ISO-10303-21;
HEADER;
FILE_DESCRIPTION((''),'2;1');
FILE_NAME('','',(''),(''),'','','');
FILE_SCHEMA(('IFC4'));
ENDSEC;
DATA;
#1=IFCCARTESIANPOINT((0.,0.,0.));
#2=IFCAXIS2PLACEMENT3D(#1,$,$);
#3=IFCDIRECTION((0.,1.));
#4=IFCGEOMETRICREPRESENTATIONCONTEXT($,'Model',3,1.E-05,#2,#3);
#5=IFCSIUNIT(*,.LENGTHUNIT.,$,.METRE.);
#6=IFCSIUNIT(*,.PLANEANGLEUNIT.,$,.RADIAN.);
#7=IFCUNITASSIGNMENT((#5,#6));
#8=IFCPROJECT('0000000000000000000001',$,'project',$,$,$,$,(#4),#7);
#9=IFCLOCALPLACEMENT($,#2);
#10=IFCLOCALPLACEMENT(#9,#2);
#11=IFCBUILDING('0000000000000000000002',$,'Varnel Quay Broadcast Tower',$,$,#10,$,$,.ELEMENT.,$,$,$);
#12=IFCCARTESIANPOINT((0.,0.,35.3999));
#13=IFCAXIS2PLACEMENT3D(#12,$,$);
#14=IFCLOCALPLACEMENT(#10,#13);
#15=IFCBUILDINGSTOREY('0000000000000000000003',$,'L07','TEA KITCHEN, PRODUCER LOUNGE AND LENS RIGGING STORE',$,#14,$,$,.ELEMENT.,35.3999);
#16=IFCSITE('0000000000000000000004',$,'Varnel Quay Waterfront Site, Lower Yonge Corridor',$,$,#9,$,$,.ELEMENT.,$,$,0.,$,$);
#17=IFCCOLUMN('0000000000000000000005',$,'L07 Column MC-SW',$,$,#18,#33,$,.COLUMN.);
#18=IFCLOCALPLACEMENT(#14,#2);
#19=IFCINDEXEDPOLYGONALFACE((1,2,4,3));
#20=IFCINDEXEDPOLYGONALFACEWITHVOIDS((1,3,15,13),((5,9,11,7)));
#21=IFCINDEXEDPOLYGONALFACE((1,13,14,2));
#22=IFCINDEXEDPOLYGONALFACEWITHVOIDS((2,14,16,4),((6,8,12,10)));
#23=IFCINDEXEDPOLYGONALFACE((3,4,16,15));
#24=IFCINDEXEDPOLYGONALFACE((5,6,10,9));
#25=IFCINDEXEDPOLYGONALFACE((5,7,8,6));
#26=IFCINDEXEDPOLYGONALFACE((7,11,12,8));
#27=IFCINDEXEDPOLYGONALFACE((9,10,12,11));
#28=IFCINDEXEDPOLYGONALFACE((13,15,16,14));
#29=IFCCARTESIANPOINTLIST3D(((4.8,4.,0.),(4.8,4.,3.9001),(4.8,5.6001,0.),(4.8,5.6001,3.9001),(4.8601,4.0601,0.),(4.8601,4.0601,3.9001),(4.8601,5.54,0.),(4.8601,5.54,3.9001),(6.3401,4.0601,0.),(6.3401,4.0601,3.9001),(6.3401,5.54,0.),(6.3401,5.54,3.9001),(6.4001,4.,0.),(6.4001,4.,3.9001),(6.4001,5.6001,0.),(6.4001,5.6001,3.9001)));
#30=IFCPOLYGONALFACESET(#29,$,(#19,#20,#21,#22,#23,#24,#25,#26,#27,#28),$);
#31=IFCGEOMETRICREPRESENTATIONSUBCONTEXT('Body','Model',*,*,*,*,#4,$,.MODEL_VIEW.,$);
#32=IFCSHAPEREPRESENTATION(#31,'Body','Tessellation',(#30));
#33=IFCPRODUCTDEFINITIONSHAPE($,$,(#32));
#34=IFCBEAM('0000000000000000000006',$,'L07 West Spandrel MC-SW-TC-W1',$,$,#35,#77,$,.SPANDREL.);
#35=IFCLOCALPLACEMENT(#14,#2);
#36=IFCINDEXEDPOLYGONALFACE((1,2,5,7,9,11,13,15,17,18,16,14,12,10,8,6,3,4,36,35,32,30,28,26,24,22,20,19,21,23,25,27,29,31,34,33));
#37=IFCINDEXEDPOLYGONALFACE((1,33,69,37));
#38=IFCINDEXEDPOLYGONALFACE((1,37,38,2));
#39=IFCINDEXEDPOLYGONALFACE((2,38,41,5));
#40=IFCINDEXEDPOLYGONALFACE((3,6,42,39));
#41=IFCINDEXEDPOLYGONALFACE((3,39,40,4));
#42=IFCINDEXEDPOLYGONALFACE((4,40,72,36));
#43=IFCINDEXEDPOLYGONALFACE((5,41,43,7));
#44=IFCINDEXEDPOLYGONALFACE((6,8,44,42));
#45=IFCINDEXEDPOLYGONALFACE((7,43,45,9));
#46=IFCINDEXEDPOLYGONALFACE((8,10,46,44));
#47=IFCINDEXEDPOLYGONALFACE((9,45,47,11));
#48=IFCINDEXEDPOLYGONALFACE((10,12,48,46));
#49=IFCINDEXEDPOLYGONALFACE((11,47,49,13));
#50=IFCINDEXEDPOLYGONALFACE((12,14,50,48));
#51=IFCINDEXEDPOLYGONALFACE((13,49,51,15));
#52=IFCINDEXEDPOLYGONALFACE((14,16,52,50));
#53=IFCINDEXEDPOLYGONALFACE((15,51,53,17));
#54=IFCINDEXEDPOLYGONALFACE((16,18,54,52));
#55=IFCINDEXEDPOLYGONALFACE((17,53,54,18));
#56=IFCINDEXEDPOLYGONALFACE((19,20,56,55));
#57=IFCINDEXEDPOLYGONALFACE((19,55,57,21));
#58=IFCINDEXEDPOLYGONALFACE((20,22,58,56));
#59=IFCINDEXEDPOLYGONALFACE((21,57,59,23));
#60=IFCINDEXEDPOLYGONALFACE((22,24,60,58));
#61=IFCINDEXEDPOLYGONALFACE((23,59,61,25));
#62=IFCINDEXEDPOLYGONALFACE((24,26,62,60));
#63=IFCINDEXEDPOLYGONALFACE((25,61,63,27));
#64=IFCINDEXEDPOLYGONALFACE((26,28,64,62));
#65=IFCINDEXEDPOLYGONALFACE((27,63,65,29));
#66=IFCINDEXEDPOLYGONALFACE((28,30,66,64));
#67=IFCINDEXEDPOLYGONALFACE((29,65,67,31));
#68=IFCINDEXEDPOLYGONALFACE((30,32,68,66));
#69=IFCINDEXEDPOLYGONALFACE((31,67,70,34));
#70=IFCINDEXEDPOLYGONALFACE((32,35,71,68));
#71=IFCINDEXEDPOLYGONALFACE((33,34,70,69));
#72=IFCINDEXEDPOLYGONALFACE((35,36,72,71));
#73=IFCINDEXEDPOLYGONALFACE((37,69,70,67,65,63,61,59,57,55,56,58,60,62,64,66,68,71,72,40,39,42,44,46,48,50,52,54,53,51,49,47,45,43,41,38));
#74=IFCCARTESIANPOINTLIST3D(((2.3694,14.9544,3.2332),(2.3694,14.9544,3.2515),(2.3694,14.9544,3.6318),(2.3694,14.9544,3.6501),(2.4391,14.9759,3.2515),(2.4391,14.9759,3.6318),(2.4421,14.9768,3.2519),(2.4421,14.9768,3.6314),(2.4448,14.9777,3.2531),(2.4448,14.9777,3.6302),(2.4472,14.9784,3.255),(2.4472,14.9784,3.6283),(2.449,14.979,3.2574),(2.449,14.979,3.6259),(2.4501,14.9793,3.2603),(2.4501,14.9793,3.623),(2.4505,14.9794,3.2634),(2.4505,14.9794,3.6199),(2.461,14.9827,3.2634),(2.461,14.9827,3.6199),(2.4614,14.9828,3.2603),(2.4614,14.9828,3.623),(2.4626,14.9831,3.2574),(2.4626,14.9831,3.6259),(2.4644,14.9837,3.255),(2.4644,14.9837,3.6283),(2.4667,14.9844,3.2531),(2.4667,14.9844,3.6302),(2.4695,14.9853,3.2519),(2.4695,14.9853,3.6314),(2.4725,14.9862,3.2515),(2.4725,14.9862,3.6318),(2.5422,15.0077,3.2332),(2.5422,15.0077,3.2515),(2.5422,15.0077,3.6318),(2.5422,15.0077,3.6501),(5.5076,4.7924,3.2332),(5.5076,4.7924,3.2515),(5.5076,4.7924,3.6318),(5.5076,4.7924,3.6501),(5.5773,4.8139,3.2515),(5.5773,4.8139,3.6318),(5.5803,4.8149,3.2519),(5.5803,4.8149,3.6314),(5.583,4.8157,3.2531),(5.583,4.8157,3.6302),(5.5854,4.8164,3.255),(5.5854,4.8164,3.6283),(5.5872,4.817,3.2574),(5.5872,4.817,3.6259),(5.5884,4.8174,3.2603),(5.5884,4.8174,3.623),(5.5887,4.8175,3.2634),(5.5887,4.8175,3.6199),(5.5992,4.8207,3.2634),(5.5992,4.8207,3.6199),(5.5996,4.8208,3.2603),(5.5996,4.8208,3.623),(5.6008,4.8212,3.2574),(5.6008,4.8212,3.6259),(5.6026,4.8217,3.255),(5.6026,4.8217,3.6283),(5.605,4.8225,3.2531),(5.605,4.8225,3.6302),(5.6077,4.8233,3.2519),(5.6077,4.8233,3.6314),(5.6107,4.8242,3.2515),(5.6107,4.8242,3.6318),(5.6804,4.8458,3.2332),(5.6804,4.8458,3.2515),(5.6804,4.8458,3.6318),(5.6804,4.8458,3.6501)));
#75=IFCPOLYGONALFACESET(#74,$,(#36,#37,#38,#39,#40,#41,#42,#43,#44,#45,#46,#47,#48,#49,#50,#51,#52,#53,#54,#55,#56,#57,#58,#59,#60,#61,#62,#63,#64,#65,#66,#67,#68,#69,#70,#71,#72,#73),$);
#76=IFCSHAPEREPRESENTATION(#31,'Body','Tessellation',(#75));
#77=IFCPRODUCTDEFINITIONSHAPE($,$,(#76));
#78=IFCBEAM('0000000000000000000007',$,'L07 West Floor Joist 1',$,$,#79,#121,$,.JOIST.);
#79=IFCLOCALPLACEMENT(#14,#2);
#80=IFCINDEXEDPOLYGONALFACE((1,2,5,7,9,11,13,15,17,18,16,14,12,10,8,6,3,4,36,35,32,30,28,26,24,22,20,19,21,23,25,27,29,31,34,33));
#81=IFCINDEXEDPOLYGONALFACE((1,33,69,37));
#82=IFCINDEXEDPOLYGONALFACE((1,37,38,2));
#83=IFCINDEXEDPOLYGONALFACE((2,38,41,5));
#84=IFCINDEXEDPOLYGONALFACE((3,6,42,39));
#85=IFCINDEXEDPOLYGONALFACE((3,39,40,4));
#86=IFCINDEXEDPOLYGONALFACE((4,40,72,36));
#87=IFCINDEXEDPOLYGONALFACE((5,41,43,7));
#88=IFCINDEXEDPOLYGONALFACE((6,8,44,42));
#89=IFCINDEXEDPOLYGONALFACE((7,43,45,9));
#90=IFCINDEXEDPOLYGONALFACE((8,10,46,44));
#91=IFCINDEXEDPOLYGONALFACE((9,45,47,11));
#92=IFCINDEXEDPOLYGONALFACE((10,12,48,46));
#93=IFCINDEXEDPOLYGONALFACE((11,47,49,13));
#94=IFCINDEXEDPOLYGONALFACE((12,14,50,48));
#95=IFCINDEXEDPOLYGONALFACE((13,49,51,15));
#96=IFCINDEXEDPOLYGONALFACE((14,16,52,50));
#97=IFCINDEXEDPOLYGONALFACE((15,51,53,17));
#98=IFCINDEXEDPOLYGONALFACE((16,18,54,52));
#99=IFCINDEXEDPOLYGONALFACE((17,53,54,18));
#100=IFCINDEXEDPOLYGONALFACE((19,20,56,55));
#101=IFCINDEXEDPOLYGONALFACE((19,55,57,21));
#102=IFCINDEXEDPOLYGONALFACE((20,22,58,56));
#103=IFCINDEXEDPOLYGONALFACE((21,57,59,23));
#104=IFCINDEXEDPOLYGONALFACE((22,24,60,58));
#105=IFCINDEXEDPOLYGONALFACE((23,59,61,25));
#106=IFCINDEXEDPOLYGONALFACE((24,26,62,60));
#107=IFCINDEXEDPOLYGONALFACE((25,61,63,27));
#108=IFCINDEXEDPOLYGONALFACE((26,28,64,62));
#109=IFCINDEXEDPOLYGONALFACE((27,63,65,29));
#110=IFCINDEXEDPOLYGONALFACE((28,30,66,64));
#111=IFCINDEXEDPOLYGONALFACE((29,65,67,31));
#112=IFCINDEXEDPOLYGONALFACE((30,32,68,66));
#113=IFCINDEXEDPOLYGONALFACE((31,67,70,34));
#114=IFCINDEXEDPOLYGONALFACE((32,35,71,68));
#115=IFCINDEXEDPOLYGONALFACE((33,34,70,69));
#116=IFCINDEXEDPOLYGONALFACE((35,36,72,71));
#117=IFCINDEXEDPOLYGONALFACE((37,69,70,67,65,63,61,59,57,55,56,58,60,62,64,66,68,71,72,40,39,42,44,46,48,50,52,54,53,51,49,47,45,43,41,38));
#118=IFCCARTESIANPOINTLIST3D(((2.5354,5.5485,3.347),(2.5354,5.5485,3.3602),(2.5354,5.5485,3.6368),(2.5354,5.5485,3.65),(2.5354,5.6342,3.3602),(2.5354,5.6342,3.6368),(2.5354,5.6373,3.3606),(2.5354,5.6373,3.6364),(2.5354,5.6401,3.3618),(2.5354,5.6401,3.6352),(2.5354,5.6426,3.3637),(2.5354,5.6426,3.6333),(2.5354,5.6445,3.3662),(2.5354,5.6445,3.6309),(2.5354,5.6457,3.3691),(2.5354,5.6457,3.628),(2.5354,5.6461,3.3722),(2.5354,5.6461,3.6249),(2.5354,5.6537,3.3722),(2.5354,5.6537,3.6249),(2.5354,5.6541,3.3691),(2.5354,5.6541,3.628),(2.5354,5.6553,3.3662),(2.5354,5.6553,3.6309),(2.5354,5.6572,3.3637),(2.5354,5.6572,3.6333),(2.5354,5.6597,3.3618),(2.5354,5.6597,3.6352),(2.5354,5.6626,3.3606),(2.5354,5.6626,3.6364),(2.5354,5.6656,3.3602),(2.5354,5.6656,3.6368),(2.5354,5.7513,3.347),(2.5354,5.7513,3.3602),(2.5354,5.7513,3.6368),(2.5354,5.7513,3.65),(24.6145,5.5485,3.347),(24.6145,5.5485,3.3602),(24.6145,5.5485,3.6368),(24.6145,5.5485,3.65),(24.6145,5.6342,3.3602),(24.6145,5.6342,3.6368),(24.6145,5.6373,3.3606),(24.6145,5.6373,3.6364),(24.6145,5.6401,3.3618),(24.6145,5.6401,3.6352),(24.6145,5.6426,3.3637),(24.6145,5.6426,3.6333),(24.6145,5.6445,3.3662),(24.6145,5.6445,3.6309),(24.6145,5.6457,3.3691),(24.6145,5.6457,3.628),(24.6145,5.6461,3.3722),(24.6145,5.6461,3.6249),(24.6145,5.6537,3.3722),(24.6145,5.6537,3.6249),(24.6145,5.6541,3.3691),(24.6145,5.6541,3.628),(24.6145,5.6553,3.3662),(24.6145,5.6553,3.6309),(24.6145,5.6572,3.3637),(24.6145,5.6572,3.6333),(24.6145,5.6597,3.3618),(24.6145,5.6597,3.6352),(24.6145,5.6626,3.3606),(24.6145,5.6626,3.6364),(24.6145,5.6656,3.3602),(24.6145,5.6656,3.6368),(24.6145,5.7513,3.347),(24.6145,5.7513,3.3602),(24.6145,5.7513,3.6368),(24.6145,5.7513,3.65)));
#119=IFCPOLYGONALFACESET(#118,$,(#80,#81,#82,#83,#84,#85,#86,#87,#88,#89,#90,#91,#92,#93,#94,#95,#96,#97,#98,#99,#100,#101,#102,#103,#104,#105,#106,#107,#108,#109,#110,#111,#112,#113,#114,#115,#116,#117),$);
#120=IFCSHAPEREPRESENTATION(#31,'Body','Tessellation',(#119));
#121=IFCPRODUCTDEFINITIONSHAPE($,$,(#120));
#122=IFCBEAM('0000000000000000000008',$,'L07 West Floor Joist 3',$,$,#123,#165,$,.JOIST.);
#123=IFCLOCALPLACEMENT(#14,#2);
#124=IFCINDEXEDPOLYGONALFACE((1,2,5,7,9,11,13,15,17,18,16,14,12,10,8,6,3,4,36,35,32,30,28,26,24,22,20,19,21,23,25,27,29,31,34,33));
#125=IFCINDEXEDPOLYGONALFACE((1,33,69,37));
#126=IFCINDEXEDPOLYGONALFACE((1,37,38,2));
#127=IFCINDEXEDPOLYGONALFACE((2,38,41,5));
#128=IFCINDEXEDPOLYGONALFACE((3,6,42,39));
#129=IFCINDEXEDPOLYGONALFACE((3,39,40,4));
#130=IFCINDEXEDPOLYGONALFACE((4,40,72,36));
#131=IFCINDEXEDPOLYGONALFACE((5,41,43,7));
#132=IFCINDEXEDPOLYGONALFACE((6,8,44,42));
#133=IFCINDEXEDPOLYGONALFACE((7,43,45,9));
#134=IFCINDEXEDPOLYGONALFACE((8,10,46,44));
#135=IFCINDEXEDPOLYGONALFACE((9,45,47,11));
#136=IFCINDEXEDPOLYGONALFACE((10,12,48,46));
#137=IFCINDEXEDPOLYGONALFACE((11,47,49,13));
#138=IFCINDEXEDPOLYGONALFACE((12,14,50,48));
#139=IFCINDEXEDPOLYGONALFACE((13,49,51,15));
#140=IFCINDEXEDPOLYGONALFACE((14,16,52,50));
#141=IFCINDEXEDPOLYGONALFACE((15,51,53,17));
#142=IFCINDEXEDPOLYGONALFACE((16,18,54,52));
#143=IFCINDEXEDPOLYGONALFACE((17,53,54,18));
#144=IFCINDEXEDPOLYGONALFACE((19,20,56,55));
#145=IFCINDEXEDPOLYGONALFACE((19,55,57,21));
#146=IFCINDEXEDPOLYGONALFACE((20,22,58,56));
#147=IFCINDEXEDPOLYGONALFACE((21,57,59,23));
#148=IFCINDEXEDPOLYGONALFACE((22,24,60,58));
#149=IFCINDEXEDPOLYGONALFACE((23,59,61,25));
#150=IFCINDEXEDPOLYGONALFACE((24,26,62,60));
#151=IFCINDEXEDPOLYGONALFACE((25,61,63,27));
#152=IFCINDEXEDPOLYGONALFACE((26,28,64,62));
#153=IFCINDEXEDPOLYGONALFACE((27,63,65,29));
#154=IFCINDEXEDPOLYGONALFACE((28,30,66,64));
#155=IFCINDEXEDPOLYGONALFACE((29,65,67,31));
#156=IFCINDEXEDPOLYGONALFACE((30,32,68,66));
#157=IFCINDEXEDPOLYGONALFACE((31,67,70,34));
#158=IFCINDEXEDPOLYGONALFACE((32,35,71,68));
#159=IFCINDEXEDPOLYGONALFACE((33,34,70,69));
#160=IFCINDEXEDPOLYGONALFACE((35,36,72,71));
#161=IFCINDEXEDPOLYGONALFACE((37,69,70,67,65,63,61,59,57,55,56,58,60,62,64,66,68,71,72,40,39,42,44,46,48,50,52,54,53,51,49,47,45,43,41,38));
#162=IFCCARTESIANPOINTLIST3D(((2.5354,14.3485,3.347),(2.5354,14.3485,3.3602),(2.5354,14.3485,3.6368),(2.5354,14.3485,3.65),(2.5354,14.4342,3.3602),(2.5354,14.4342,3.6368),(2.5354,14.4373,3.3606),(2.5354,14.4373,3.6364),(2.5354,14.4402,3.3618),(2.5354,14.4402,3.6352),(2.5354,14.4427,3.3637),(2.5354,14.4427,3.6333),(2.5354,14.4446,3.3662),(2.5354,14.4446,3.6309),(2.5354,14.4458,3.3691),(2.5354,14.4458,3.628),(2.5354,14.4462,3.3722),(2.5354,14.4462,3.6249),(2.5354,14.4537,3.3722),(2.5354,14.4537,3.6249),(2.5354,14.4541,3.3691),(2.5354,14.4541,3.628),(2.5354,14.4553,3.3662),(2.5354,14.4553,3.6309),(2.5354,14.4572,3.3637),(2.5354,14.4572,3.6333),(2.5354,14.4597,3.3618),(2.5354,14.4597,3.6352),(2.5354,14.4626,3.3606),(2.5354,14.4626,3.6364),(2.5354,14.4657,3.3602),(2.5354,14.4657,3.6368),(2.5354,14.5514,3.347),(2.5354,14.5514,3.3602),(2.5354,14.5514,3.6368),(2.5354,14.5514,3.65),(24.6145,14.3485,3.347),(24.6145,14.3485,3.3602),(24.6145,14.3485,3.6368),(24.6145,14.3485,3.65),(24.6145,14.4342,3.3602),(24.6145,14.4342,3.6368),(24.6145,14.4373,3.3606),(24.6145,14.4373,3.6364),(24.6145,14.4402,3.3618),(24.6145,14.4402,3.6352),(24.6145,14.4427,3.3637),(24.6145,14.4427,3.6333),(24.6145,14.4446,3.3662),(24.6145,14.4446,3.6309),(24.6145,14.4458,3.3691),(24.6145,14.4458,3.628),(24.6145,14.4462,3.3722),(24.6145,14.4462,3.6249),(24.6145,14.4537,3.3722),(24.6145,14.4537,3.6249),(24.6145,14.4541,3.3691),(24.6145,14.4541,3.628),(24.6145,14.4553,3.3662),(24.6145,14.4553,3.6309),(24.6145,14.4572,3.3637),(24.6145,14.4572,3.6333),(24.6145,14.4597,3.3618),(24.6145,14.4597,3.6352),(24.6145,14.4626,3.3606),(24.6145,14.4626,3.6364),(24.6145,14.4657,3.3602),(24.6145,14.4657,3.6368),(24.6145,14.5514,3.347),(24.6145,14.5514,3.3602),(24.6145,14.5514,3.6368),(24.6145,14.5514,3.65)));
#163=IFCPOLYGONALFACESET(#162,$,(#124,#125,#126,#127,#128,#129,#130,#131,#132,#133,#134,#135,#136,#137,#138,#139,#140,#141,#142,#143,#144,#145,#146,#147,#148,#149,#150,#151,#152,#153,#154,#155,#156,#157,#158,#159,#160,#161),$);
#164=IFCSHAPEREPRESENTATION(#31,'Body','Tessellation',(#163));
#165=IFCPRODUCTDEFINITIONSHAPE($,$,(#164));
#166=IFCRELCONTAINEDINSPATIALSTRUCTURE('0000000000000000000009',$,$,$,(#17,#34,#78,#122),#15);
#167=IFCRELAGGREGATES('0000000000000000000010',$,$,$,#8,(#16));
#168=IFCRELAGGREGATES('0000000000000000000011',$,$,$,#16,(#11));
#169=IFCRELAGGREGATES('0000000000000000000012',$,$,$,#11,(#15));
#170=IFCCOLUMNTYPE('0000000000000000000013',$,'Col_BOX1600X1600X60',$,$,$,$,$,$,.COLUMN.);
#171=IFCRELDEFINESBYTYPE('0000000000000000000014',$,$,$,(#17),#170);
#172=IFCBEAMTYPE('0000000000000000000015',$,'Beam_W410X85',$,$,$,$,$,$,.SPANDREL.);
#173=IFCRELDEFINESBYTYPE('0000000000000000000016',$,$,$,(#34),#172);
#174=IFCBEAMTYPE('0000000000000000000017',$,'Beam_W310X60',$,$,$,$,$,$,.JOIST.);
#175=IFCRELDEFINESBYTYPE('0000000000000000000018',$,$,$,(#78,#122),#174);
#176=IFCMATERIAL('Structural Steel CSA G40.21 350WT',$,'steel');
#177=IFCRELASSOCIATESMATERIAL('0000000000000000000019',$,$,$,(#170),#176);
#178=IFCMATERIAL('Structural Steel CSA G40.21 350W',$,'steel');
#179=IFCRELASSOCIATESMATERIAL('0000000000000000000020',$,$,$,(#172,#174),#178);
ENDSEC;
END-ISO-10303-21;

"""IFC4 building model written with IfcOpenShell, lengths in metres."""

from ifc_helpers import new_model, si_unit, direction, frame, origin, origin_2d, place, context, subcontext, project, spatial, hollow_rectangle, i_section, extrude, source, transform, mapped, material, material_profile, profile_set, type_object, type_shapes, element, save


model = new_model("IFC4")

# Units and contexts
model_context = context("Model", 3, precision=1e-05, world=origin(), true_north=direction((0.0, 1.0)))
body_context = subcontext(model_context, "Body", "Model", "MODEL_VIEW")
ifc_project = project(units=[si_unit("LENGTHUNIT", "METRE"), si_unit("PLANEANGLEUNIT", "RADIAN")], contexts=[model_context])

# Site, building, storey
site_placement = place(None, origin())
site = spatial("IfcSite", under=ifc_project, at=site_placement, Name="Varnel Quay Waterfront Site, Lower Yonge Corridor", CompositionType="ELEMENT", RefElevation=0.0)
building_placement = place(site_placement, origin())
building = spatial("IfcBuilding", under=site, at=building_placement, Name="Varnel Quay Broadcast Tower", CompositionType="ELEMENT")
storey_placement = place(building_placement, frame((0.0, 0.0, 35.3999)))
storey = spatial("IfcBuildingStorey", under=building, at=storey_placement, Name="L07", Description="TEA KITCHEN, PRODUCER LOUNGE AND LENS RIGGING STORE", CompositionType="ELEMENT", Elevation=35.3999)

# Column
ifc_material_1 = material(Name="Structural Steel CSA G40.21 350WT", Category="steel")
ifc_material_profile_1 = material_profile(ifc_material_1, hollow_rectangle(XDim=1.6001, YDim=1.6001, WallThickness=0.0601, at=origin_2d()), Name="BOX1600X1600X60")
ifc_profile_set_1 = profile_set([ifc_material_profile_1], Name="Structural Steel CSA G40.21 350WT")
column_type = type_object("IfcColumnType", Name="Col_BOX1600X1600X60", PredefinedType="COLUMN", material=ifc_profile_set_1)
shared_shape_1 = source(origin(), body_context, "Body", "SweptSolid", [
    extrude(hollow_rectangle(XDim=1.6001, YDim=1.6001, WallThickness=0.0601, at=origin_2d()), origin(), (0.0, 0.0, 1.0), 3.9001),
])
type_shapes(column_type, [shared_shape_1])
column_placement = place(storey_placement, frame((5.6001, 4.8, 0.0), z_axis=(0.0, 0.0, 1.0), x_axis=(1.0, 0.0, 0.0)))
element("IfcColumn", 1, at=column_placement, inside=storey, type_object=column_type, Name="L07 Column MC-SW", PredefinedType="COLUMN", context=body_context, shape_type="MappedRepresentation", body=[
    mapped(shared_shape_1, transform((0.0, 0.0, 0.0), x_axis=(1.0, 0.0, 0.0), y_axis=(0.0, 1.0, 0.0), z_axis=(0.0, 0.0, 1.0), scale=1.0)),
])

# Beams
ifc_material_2 = material(Name="Structural Steel CSA G40.21 350W", Category="steel")
ifc_material_profile_2 = material_profile(ifc_material_2, i_section(OverallWidth=0.1809, OverallDepth=0.417, WebThickness=0.011, FlangeThickness=0.0183, FilletRadius=0.012, at=origin_2d()), Name="W410X85")
ifc_profile_set_2 = profile_set([ifc_material_profile_2], Name="Structural Steel CSA G40.21 350W")
beam_type_1 = type_object("IfcBeamType", Name="Beam_W410X85", PredefinedType="SPANDREL", material=ifc_profile_set_2)
shared_shape_2 = source(origin(), body_context, "Body", "SweptSolid", [
    extrude(i_section(OverallWidth=0.1809, OverallDepth=0.417, WebThickness=0.011, FlangeThickness=0.0183, FilletRadius=0.012, at=origin_2d()), origin(), (0.0, 0.0, 1.0), 10.6355),
])
type_shapes(beam_type_1, [shared_shape_2])
beam_1_placement = place(storey_placement, frame((5.594, 4.8191, 3.4417), z_axis=(-0.29507, 0.955476, 0.0), x_axis=(-0.955476, -0.29507, 0.0)))
element("IfcBeam", 2, at=beam_1_placement, inside=storey, type_object=beam_type_1, Name="L07 West Spandrel MC-SW-TC-W1", PredefinedType="SPANDREL", context=body_context, shape_type="MappedRepresentation", body=[
    mapped(shared_shape_2, transform((0.0, 0.0, 0.0), x_axis=(1.0, 0.0, 0.0), y_axis=(0.0, 1.0, 0.0), z_axis=(0.0, 0.0, 1.0), scale=1.0)),
])
ifc_material_profile_3 = material_profile(ifc_material_2, i_section(OverallWidth=0.2029, OverallDepth=0.303, WebThickness=0.0076, FlangeThickness=0.0132, FilletRadius=0.012, at=origin_2d()), Name="W310X60")
ifc_profile_set_3 = profile_set([ifc_material_profile_3], Name="Structural Steel CSA G40.21 350W")
beam_type_2 = type_object("IfcBeamType", Name="Beam_W310X60", PredefinedType="JOIST", material=ifc_profile_set_3)
shared_shape_3 = source(origin(), body_context, "Body", "SweptSolid", [
    extrude(i_section(OverallWidth=0.2029, OverallDepth=0.303, WebThickness=0.0076, FlangeThickness=0.0132, FilletRadius=0.012, at=origin_2d()), origin(), (0.0, 0.0, 1.0), 22.0791),
])
type_shapes(beam_type_2, [shared_shape_3])
for number, where, z_axis, x_axis, name in (
    (3, (2.5354, 5.6499, 3.4985), (1.0, 0.0, 0.0), (0.0, 1.0, 0.0), "L07 West Floor Joist 1"),
    (4, (2.5354, 14.45, 3.4985), (1.0, 0.0, 0.0), (0.0, 1.0, 0.0), "L07 West Floor Joist 3"),
):
    element("IfcBeam", number, at=place(storey_placement, frame(where, z_axis=z_axis, x_axis=x_axis)), inside=storey, type_object=beam_type_2, Name=name, PredefinedType="JOIST", context=body_context, shape_type="MappedRepresentation", body=[
        mapped(shared_shape_3, transform((0.0, 0.0, 0.0), x_axis=(1.0, 0.0, 0.0), y_axis=(0.0, 1.0, 0.0), z_axis=(0.0, 0.0, 1.0), scale=1.0)),
    ])

save(model, "model.ifc")
